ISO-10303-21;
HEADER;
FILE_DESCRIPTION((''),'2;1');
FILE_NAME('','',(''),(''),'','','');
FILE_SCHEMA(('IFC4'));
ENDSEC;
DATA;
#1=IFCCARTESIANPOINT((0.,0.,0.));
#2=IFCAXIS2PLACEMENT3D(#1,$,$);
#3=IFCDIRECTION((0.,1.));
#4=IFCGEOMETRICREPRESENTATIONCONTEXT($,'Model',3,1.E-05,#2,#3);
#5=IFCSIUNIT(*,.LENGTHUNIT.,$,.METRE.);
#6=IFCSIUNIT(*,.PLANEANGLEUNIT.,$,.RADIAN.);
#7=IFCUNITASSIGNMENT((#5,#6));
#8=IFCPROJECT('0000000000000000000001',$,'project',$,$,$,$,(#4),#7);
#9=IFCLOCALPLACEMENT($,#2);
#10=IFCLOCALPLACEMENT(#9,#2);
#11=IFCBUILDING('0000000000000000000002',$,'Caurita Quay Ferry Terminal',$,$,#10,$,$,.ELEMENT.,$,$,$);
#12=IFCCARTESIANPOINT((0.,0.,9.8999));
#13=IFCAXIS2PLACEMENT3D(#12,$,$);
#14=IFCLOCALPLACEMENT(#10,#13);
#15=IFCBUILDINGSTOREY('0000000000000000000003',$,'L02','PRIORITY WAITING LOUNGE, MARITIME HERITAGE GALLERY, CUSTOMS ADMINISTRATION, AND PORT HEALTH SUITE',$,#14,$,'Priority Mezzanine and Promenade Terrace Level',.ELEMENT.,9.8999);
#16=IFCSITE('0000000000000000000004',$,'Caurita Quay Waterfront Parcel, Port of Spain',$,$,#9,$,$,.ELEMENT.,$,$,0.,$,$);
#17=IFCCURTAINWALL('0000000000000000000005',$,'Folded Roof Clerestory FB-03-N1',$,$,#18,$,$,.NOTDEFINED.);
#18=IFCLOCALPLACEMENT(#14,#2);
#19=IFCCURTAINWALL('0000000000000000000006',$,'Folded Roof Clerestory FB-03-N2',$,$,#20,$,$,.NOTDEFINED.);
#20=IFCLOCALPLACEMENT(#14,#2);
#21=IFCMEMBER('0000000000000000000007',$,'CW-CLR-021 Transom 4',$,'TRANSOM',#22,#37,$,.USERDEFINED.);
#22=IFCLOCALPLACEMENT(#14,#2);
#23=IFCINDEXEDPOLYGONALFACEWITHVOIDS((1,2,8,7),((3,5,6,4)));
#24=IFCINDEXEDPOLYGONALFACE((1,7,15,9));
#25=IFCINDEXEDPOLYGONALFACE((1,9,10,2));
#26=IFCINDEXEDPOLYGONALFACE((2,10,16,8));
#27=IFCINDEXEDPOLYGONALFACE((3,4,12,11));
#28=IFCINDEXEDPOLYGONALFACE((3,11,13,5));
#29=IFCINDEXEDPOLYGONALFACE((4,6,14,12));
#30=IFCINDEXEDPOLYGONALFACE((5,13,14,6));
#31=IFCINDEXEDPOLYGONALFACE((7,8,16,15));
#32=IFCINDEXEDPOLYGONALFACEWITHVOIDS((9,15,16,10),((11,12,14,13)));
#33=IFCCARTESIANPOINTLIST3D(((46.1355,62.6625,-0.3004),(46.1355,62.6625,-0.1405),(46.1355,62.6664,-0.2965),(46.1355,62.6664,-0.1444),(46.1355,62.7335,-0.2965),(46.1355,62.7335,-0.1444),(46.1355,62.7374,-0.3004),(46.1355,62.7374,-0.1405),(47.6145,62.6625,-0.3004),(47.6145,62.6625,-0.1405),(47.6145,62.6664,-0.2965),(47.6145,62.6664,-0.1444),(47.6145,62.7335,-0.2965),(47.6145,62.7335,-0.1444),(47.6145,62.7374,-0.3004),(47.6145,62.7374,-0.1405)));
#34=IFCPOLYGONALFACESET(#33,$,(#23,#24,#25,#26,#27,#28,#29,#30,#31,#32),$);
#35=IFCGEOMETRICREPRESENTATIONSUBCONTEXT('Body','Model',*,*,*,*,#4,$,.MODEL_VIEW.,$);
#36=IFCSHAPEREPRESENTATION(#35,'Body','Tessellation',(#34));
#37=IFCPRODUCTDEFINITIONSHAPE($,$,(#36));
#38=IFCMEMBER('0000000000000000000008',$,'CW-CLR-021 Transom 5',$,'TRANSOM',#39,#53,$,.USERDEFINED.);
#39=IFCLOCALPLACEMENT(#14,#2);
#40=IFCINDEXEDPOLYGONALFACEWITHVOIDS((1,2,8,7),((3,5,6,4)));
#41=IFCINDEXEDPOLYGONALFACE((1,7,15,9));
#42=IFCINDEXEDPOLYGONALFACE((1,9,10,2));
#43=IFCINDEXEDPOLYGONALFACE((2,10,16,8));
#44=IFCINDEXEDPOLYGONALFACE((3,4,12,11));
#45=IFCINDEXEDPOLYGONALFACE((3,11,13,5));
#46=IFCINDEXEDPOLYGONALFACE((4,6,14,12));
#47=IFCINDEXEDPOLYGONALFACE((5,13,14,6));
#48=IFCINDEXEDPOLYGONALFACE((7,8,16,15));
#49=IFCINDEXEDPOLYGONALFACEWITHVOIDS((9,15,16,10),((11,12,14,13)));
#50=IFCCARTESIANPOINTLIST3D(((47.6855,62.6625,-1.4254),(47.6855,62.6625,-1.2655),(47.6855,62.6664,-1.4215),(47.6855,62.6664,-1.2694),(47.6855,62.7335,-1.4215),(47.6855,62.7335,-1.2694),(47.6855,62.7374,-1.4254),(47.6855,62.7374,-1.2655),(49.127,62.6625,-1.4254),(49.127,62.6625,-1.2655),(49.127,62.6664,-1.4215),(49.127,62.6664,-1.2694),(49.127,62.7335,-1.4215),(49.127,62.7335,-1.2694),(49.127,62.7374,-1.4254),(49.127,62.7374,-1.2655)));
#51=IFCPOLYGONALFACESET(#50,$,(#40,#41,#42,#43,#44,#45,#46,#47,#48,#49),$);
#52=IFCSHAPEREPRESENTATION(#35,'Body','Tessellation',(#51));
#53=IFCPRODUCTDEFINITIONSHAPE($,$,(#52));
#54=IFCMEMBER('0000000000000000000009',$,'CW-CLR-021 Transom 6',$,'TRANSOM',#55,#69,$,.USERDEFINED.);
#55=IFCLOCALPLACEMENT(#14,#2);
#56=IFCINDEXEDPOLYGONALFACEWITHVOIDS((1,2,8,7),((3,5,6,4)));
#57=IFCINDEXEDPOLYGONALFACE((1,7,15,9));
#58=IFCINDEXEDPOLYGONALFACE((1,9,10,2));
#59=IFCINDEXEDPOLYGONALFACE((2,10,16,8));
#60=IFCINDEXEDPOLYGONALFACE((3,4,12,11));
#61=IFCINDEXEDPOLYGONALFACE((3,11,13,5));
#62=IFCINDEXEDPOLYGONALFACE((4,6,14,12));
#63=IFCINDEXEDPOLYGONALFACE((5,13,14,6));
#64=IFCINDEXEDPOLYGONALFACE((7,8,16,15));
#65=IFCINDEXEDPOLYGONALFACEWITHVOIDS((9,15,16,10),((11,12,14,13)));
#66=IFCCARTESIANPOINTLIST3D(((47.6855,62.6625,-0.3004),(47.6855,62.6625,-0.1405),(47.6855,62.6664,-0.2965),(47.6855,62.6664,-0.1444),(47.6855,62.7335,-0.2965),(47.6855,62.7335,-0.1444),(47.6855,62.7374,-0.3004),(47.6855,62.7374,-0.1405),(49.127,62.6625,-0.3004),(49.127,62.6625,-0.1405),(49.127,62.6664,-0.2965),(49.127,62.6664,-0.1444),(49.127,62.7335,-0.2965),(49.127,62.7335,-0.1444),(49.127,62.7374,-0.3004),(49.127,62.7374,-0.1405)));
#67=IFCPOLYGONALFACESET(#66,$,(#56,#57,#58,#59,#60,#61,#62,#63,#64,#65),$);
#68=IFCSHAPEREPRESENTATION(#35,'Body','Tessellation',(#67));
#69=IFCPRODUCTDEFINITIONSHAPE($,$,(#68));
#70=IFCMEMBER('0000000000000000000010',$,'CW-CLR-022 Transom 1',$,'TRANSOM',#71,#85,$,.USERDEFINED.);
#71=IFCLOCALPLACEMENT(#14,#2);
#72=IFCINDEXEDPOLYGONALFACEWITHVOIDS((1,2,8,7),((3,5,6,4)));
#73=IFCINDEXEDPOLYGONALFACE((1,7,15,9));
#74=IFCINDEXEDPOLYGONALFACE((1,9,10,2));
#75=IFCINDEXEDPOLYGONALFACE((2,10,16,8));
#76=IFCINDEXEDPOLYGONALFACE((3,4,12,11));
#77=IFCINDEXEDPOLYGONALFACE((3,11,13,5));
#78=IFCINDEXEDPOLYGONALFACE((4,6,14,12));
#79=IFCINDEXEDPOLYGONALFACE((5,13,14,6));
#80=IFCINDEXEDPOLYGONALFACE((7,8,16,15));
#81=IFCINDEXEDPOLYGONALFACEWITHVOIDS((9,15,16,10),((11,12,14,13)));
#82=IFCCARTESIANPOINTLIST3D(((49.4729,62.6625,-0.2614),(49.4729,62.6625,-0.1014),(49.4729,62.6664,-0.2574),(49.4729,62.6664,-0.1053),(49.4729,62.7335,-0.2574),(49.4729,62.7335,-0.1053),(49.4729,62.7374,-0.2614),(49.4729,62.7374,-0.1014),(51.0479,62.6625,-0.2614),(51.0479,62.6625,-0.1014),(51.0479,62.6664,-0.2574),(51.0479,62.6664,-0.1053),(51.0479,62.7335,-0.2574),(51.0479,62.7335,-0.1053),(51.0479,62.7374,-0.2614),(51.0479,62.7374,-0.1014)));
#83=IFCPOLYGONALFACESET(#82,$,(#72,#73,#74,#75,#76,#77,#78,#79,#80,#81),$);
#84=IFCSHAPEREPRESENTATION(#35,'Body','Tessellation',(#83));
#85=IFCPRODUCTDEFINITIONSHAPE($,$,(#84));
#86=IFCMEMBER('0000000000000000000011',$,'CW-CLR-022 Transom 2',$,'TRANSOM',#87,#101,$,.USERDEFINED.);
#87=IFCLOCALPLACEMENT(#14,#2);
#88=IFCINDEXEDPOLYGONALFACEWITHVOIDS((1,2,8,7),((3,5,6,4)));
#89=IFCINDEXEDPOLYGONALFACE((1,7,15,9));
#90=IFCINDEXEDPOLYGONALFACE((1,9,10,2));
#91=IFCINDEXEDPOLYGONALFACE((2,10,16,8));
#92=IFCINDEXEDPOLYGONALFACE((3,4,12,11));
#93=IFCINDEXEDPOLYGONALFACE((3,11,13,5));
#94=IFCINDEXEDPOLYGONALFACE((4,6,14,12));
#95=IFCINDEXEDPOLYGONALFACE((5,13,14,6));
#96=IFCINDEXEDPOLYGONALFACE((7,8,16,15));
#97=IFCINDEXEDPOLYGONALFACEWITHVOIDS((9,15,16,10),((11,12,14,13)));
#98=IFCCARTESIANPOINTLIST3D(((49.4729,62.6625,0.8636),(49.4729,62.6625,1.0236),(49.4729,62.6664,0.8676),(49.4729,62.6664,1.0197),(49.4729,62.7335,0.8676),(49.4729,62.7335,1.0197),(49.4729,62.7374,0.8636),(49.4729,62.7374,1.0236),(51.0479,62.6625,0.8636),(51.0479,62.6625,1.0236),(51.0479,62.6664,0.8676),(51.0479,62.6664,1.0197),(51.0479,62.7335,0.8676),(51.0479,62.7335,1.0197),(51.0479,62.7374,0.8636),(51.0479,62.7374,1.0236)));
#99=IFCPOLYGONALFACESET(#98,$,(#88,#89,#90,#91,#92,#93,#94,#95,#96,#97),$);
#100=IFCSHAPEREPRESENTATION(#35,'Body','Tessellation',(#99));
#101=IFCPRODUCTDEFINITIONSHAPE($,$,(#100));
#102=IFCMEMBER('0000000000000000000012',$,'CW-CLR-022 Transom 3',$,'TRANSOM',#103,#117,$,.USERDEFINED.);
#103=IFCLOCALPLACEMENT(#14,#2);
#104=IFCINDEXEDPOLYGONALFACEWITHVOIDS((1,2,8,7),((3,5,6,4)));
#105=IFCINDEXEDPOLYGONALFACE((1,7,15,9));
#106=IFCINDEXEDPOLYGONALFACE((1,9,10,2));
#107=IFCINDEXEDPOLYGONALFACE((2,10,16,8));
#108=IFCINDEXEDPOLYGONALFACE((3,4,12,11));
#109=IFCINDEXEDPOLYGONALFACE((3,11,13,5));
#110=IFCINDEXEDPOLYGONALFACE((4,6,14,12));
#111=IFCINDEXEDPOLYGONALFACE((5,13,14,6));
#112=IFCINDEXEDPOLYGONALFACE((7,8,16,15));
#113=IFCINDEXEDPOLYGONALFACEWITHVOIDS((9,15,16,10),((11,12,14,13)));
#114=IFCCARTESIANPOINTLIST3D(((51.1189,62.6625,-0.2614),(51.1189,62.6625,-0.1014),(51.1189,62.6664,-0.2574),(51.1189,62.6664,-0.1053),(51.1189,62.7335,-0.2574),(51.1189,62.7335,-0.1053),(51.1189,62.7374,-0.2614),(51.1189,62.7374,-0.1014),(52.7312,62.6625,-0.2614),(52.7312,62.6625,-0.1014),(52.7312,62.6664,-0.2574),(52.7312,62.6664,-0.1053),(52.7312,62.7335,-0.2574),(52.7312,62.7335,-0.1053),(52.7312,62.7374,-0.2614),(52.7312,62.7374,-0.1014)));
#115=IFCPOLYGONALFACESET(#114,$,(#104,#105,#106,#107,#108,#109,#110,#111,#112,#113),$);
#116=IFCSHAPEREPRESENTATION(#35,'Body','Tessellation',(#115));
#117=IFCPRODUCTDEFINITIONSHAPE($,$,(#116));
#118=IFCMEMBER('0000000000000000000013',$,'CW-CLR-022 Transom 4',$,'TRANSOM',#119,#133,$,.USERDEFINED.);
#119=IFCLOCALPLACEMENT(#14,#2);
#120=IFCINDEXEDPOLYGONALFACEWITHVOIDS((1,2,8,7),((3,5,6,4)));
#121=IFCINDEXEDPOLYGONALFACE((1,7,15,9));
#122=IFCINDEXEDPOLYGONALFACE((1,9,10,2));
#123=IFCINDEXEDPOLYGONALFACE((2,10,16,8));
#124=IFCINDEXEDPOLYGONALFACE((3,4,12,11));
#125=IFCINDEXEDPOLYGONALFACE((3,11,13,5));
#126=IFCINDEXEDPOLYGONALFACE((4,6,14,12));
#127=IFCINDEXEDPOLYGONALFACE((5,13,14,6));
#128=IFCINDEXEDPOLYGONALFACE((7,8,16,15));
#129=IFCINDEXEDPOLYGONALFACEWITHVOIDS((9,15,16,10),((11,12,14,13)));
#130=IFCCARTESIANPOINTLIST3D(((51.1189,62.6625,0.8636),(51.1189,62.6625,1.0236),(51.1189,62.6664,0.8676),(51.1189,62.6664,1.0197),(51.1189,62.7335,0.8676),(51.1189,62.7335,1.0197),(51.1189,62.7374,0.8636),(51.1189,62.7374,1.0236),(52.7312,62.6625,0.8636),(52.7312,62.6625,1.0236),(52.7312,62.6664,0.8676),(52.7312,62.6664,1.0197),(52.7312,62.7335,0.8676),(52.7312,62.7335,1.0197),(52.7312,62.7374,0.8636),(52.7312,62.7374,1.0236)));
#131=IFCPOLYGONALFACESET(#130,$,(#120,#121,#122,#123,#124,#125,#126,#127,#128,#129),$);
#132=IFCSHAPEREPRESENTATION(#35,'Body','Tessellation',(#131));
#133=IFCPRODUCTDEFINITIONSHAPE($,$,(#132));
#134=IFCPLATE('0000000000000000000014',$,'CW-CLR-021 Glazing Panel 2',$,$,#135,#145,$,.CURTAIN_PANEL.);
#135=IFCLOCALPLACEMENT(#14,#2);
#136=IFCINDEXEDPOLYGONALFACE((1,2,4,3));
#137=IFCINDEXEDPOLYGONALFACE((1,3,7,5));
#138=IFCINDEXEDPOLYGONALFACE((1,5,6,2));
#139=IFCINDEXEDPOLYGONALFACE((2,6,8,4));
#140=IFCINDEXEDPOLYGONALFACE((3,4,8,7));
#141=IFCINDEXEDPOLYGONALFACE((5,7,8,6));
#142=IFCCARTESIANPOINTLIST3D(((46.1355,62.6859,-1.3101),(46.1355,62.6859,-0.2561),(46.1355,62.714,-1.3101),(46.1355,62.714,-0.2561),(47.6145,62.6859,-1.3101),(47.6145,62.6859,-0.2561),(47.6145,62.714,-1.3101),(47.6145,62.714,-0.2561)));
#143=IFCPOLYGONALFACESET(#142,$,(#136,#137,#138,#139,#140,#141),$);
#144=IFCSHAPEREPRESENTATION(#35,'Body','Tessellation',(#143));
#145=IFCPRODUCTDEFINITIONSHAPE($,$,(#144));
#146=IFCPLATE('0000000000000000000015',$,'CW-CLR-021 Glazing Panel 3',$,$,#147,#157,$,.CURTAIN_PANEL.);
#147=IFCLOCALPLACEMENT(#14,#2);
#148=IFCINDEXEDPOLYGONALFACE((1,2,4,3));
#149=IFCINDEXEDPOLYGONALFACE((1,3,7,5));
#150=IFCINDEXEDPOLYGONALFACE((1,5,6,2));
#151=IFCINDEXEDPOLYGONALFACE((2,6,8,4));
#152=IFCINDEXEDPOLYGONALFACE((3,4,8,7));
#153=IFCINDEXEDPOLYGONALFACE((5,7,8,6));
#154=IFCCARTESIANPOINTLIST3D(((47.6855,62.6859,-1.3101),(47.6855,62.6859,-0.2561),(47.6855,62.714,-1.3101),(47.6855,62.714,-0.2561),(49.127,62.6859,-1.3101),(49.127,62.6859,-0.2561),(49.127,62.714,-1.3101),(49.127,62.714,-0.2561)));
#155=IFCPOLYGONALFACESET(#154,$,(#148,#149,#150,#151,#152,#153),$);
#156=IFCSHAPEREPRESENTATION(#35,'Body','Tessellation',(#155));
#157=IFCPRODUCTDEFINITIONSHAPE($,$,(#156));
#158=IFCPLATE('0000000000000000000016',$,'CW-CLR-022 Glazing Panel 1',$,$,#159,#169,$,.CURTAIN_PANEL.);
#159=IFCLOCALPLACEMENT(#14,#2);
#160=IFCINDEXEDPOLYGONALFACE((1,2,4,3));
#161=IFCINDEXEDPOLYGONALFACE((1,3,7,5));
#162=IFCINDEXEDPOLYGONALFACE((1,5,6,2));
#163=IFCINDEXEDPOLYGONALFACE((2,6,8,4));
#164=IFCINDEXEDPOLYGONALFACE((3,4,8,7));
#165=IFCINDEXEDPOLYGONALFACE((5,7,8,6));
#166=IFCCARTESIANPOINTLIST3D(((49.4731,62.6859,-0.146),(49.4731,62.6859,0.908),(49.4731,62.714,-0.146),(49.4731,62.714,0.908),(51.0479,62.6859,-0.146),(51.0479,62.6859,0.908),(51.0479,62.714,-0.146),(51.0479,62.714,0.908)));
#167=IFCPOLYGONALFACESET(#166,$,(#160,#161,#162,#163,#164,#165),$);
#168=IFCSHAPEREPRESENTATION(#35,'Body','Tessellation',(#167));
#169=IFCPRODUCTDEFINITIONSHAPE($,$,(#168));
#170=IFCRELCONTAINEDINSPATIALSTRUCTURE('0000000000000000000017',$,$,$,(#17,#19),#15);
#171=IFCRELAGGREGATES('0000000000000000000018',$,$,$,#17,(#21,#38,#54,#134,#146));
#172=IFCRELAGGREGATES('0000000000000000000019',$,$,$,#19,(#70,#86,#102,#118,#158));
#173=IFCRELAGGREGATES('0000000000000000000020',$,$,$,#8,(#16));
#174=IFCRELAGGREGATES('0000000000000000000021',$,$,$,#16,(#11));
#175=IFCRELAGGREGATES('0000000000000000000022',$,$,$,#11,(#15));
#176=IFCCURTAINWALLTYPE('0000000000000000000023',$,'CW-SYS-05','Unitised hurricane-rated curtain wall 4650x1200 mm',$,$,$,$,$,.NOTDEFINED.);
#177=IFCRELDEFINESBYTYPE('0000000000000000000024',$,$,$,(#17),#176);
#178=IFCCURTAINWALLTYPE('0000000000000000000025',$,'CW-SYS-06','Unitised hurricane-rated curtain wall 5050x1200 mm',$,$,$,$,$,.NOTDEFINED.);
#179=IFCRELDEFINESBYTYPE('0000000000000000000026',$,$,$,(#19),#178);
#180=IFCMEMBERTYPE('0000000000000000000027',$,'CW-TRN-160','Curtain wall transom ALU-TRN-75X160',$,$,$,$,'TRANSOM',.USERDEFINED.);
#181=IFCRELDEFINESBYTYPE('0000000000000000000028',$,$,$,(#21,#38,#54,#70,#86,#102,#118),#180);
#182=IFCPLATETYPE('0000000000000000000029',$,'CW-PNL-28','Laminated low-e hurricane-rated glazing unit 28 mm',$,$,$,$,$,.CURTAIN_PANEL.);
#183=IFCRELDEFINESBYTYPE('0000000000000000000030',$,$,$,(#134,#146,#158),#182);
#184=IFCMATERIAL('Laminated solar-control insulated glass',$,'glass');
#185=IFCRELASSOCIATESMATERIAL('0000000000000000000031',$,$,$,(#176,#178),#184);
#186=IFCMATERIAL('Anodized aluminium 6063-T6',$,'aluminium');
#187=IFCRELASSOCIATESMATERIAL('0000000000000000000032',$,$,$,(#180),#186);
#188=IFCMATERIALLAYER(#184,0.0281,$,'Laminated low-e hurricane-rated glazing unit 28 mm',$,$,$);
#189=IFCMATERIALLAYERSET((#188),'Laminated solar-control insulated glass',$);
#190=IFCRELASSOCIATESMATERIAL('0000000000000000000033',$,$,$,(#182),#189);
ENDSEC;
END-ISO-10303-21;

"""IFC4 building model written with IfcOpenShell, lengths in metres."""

from ifc_helpers import new_model, si_unit, direction, frame, origin, origin_2d, place, context, subcontext, project, spatial, rectangle, hollow_rectangle, extrude, material, layer, layer_set, material_profile, profile_set, type_object, element, aggregate, save


model = new_model("IFC4")

# Units and contexts
model_context = context("Model", 3, precision=1e-05, world=origin(), true_north=direction((0.0, 1.0)))
body_context = subcontext(model_context, "Body", "Model", "MODEL_VIEW")
ifc_project = project(units=[si_unit("LENGTHUNIT", "METRE"), si_unit("PLANEANGLEUNIT", "RADIAN")], contexts=[model_context])

# Site, building, storey
site_placement = place(None, origin())
site = spatial("IfcSite", under=ifc_project, at=site_placement, Name="Caurita Quay Waterfront Parcel, Port of Spain", CompositionType="ELEMENT", RefElevation=0.0)
building_placement = place(site_placement, origin())
building = spatial("IfcBuilding", under=site, at=building_placement, Name="Caurita Quay Ferry Terminal", CompositionType="ELEMENT")
storey_placement = place(building_placement, frame((0.0, 0.0, 9.8999)))
storey = spatial("IfcBuildingStorey", under=building, at=storey_placement, Name="L02", Description="PRIORITY WAITING LOUNGE, MARITIME HERITAGE GALLERY, CUSTOMS ADMINISTRATION, AND PORT HEALTH SUITE", LongName="Priority Mezzanine and Promenade Terrace Level", CompositionType="ELEMENT", Elevation=9.8999)

# Shared definitions
ifc_material_1 = material(Name="Laminated solar-control insulated glass", Category="glass")
ifc_material_2 = material(Name="Anodized aluminium 6063-T6", Category="aluminium")

# Curtain walls
curtain_wall_type_1 = type_object("IfcCurtainWallType", Name="CW-SYS-05", Description="Unitised hurricane-rated curtain wall 4650x1200 mm", PredefinedType="NOTDEFINED", material=ifc_material_1)
curtain_wall_1_placement = place(storey_placement, origin())
curtain_wall_1 = element("IfcCurtainWall", 1, at=curtain_wall_1_placement, inside=storey, type_object=curtain_wall_type_1, Name="Folded Roof Clerestory FB-03-N1", PredefinedType="NOTDEFINED")
curtain_wall_type_2 = type_object("IfcCurtainWallType", Name="CW-SYS-06", Description="Unitised hurricane-rated curtain wall 5050x1200 mm", PredefinedType="NOTDEFINED", material=ifc_material_1)
curtain_wall_2_placement = place(storey_placement, origin())
curtain_wall_2 = element("IfcCurtainWall", 2, at=curtain_wall_2_placement, inside=storey, type_object=curtain_wall_type_2, Name="Folded Roof Clerestory FB-03-N2", PredefinedType="NOTDEFINED")

# Members
ifc_material_profile_1 = material_profile(ifc_material_2, hollow_rectangle(XDim=0.075, YDim=0.1599, WallThickness=0.0039, at=origin_2d()), Name="ALU-TRN-75X160")
ifc_profile_set_1 = profile_set([ifc_material_profile_1], Name="Anodized aluminium 6063-T6")
member_type_1 = type_object("IfcMemberType", Name="CW-TRN-160", Description="Curtain wall transom ALU-TRN-75X160", ElementType="TRANSOM", PredefinedType="USERDEFINED", material=ifc_profile_set_1)
member_1_placement = place(storey_placement, frame((46.1355, 62.7, -0.2205), z_axis=(1.0, 0.0, 0.0), x_axis=(0.0, 1.0, 0.0)))
member_1 = element("IfcMember", 3, at=member_1_placement, type_object=member_type_1, Name="CW-CLR-021 Transom 4", ObjectType="TRANSOM", PredefinedType="USERDEFINED", context=body_context, shape_type="SweptSolid", body=[
    extrude(hollow_rectangle(XDim=0.075, YDim=0.1599, WallThickness=0.0039, at=origin_2d()), origin(), (0.0, 0.0, 1.0), 1.479),
])
member_2_placement = place(storey_placement, frame((47.6855, 62.7, -1.3455), z_axis=(1.0, 0.0, 0.0), x_axis=(0.0, 1.0, 0.0)))
member_2 = element("IfcMember", 4, at=member_2_placement, type_object=member_type_1, Name="CW-CLR-021 Transom 5", ObjectType="TRANSOM", PredefinedType="USERDEFINED", context=body_context, shape_type="SweptSolid", body=[
    extrude(hollow_rectangle(XDim=0.075, YDim=0.1599, WallThickness=0.0039, at=origin_2d()), origin(), (0.0, 0.0, 1.0), 1.4414),
])
member_3_placement = place(storey_placement, frame((47.6855, 62.7, -0.2205), z_axis=(1.0, 0.0, 0.0), x_axis=(0.0, 1.0, 0.0)))
member_3 = element("IfcMember", 5, at=member_3_placement, type_object=member_type_1, Name="CW-CLR-021 Transom 6", ObjectType="TRANSOM", PredefinedType="USERDEFINED", context=body_context, shape_type="SweptSolid", body=[
    extrude(hollow_rectangle(XDim=0.075, YDim=0.1599, WallThickness=0.0039, at=origin_2d()), origin(), (0.0, 0.0, 1.0), 1.4414),
])
member_4_placement = place(storey_placement, frame((49.4729, 62.7, -0.1814), z_axis=(1.0, 0.0, 0.0), x_axis=(0.0, 1.0, 0.0)))
member_4 = element("IfcMember", 6, at=member_4_placement, type_object=member_type_1, Name="CW-CLR-022 Transom 1", ObjectType="TRANSOM", PredefinedType="USERDEFINED", context=body_context, shape_type="SweptSolid", body=[
    extrude(hollow_rectangle(XDim=0.075, YDim=0.1599, WallThickness=0.0039, at=origin_2d()), origin(), (0.0, 0.0, 1.0), 1.575),
])
member_5_placement = place(storey_placement, frame((49.4729, 62.7, 0.9436), z_axis=(1.0, 0.0, 0.0), x_axis=(0.0, 1.0, 0.0)))
member_5 = element("IfcMember", 7, at=member_5_placement, type_object=member_type_1, Name="CW-CLR-022 Transom 2", ObjectType="TRANSOM", PredefinedType="USERDEFINED", context=body_context, shape_type="SweptSolid", body=[
    extrude(hollow_rectangle(XDim=0.075, YDim=0.1599, WallThickness=0.0039, at=origin_2d()), origin(), (0.0, 0.0, 1.0), 1.575),
])
member_6_placement = place(storey_placement, frame((51.1189, 62.7, -0.1814), z_axis=(1.0, 0.0, 0.0), x_axis=(0.0, 1.0, 0.0)))
member_6 = element("IfcMember", 8, at=member_6_placement, type_object=member_type_1, Name="CW-CLR-022 Transom 3", ObjectType="TRANSOM", PredefinedType="USERDEFINED", context=body_context, shape_type="SweptSolid", body=[
    extrude(hollow_rectangle(XDim=0.075, YDim=0.1599, WallThickness=0.0039, at=origin_2d()), origin(), (0.0, 0.0, 1.0), 1.6123),
])
member_7_placement = place(storey_placement, frame((51.1189, 62.7, 0.9436), z_axis=(1.0, 0.0, 0.0), x_axis=(0.0, 1.0, 0.0)))
member_7 = element("IfcMember", 9, at=member_7_placement, type_object=member_type_1, Name="CW-CLR-022 Transom 4", ObjectType="TRANSOM", PredefinedType="USERDEFINED", context=body_context, shape_type="SweptSolid", body=[
    extrude(hollow_rectangle(XDim=0.075, YDim=0.1599, WallThickness=0.0039, at=origin_2d()), origin(), (0.0, 0.0, 1.0), 1.6123),
])

# Plates
ifc_layer = layer(ifc_material_1, 0.0281, Name="Laminated low-e hurricane-rated glazing unit 28 mm")
ifc_layer_set = layer_set([ifc_layer], Name="Laminated solar-control insulated glass")
plate_type = type_object("IfcPlateType", Name="CW-PNL-28", Description="Laminated low-e hurricane-rated glazing unit 28 mm", PredefinedType="CURTAIN_PANEL", material=ifc_layer_set)
plate_1_placement = place(storey_placement, frame((46.875, 62.7, -1.3101), z_axis=(0.0, 0.0, 1.0), x_axis=(1.0, 0.0, 0.0)))
plate_1 = element("IfcPlate", 10, at=plate_1_placement, type_object=plate_type, Name="CW-CLR-021 Glazing Panel 2", PredefinedType="CURTAIN_PANEL", context=body_context, shape_type="SweptSolid", body=[
    extrude(rectangle(XDim=1.479, YDim=0.0281, at=origin_2d()), origin(), (0.0, 0.0, 1.0), 1.054),
])
plate_2_placement = place(storey_placement, frame((48.4062, 62.7, -1.3101), z_axis=(0.0, 0.0, 1.0), x_axis=(1.0, 0.0, 0.0)))
plate_2 = element("IfcPlate", 11, at=plate_2_placement, type_object=plate_type, Name="CW-CLR-021 Glazing Panel 3", PredefinedType="CURTAIN_PANEL", context=body_context, shape_type="SweptSolid", body=[
    extrude(rectangle(XDim=1.4414, YDim=0.0281, at=origin_2d()), origin(), (0.0, 0.0, 1.0), 1.054),
])
aggregate(curtain_wall_1, [member_1, member_2, member_3, plate_1, plate_2])
plate_3_placement = place(storey_placement, frame((50.2605, 62.7, -0.146), z_axis=(0.0, 0.0, 1.0), x_axis=(1.0, 0.0, 0.0)))
plate_3 = element("IfcPlate", 12, at=plate_3_placement, type_object=plate_type, Name="CW-CLR-022 Glazing Panel 1", PredefinedType="CURTAIN_PANEL", context=body_context, shape_type="SweptSolid", body=[
    extrude(rectangle(XDim=1.5747, YDim=0.0281, at=origin_2d()), origin(), (0.0, 0.0, 1.0), 1.054),
])
aggregate(curtain_wall_2, [member_4, member_5, member_6, member_7, plate_3])

save(model, "model.ifc")
